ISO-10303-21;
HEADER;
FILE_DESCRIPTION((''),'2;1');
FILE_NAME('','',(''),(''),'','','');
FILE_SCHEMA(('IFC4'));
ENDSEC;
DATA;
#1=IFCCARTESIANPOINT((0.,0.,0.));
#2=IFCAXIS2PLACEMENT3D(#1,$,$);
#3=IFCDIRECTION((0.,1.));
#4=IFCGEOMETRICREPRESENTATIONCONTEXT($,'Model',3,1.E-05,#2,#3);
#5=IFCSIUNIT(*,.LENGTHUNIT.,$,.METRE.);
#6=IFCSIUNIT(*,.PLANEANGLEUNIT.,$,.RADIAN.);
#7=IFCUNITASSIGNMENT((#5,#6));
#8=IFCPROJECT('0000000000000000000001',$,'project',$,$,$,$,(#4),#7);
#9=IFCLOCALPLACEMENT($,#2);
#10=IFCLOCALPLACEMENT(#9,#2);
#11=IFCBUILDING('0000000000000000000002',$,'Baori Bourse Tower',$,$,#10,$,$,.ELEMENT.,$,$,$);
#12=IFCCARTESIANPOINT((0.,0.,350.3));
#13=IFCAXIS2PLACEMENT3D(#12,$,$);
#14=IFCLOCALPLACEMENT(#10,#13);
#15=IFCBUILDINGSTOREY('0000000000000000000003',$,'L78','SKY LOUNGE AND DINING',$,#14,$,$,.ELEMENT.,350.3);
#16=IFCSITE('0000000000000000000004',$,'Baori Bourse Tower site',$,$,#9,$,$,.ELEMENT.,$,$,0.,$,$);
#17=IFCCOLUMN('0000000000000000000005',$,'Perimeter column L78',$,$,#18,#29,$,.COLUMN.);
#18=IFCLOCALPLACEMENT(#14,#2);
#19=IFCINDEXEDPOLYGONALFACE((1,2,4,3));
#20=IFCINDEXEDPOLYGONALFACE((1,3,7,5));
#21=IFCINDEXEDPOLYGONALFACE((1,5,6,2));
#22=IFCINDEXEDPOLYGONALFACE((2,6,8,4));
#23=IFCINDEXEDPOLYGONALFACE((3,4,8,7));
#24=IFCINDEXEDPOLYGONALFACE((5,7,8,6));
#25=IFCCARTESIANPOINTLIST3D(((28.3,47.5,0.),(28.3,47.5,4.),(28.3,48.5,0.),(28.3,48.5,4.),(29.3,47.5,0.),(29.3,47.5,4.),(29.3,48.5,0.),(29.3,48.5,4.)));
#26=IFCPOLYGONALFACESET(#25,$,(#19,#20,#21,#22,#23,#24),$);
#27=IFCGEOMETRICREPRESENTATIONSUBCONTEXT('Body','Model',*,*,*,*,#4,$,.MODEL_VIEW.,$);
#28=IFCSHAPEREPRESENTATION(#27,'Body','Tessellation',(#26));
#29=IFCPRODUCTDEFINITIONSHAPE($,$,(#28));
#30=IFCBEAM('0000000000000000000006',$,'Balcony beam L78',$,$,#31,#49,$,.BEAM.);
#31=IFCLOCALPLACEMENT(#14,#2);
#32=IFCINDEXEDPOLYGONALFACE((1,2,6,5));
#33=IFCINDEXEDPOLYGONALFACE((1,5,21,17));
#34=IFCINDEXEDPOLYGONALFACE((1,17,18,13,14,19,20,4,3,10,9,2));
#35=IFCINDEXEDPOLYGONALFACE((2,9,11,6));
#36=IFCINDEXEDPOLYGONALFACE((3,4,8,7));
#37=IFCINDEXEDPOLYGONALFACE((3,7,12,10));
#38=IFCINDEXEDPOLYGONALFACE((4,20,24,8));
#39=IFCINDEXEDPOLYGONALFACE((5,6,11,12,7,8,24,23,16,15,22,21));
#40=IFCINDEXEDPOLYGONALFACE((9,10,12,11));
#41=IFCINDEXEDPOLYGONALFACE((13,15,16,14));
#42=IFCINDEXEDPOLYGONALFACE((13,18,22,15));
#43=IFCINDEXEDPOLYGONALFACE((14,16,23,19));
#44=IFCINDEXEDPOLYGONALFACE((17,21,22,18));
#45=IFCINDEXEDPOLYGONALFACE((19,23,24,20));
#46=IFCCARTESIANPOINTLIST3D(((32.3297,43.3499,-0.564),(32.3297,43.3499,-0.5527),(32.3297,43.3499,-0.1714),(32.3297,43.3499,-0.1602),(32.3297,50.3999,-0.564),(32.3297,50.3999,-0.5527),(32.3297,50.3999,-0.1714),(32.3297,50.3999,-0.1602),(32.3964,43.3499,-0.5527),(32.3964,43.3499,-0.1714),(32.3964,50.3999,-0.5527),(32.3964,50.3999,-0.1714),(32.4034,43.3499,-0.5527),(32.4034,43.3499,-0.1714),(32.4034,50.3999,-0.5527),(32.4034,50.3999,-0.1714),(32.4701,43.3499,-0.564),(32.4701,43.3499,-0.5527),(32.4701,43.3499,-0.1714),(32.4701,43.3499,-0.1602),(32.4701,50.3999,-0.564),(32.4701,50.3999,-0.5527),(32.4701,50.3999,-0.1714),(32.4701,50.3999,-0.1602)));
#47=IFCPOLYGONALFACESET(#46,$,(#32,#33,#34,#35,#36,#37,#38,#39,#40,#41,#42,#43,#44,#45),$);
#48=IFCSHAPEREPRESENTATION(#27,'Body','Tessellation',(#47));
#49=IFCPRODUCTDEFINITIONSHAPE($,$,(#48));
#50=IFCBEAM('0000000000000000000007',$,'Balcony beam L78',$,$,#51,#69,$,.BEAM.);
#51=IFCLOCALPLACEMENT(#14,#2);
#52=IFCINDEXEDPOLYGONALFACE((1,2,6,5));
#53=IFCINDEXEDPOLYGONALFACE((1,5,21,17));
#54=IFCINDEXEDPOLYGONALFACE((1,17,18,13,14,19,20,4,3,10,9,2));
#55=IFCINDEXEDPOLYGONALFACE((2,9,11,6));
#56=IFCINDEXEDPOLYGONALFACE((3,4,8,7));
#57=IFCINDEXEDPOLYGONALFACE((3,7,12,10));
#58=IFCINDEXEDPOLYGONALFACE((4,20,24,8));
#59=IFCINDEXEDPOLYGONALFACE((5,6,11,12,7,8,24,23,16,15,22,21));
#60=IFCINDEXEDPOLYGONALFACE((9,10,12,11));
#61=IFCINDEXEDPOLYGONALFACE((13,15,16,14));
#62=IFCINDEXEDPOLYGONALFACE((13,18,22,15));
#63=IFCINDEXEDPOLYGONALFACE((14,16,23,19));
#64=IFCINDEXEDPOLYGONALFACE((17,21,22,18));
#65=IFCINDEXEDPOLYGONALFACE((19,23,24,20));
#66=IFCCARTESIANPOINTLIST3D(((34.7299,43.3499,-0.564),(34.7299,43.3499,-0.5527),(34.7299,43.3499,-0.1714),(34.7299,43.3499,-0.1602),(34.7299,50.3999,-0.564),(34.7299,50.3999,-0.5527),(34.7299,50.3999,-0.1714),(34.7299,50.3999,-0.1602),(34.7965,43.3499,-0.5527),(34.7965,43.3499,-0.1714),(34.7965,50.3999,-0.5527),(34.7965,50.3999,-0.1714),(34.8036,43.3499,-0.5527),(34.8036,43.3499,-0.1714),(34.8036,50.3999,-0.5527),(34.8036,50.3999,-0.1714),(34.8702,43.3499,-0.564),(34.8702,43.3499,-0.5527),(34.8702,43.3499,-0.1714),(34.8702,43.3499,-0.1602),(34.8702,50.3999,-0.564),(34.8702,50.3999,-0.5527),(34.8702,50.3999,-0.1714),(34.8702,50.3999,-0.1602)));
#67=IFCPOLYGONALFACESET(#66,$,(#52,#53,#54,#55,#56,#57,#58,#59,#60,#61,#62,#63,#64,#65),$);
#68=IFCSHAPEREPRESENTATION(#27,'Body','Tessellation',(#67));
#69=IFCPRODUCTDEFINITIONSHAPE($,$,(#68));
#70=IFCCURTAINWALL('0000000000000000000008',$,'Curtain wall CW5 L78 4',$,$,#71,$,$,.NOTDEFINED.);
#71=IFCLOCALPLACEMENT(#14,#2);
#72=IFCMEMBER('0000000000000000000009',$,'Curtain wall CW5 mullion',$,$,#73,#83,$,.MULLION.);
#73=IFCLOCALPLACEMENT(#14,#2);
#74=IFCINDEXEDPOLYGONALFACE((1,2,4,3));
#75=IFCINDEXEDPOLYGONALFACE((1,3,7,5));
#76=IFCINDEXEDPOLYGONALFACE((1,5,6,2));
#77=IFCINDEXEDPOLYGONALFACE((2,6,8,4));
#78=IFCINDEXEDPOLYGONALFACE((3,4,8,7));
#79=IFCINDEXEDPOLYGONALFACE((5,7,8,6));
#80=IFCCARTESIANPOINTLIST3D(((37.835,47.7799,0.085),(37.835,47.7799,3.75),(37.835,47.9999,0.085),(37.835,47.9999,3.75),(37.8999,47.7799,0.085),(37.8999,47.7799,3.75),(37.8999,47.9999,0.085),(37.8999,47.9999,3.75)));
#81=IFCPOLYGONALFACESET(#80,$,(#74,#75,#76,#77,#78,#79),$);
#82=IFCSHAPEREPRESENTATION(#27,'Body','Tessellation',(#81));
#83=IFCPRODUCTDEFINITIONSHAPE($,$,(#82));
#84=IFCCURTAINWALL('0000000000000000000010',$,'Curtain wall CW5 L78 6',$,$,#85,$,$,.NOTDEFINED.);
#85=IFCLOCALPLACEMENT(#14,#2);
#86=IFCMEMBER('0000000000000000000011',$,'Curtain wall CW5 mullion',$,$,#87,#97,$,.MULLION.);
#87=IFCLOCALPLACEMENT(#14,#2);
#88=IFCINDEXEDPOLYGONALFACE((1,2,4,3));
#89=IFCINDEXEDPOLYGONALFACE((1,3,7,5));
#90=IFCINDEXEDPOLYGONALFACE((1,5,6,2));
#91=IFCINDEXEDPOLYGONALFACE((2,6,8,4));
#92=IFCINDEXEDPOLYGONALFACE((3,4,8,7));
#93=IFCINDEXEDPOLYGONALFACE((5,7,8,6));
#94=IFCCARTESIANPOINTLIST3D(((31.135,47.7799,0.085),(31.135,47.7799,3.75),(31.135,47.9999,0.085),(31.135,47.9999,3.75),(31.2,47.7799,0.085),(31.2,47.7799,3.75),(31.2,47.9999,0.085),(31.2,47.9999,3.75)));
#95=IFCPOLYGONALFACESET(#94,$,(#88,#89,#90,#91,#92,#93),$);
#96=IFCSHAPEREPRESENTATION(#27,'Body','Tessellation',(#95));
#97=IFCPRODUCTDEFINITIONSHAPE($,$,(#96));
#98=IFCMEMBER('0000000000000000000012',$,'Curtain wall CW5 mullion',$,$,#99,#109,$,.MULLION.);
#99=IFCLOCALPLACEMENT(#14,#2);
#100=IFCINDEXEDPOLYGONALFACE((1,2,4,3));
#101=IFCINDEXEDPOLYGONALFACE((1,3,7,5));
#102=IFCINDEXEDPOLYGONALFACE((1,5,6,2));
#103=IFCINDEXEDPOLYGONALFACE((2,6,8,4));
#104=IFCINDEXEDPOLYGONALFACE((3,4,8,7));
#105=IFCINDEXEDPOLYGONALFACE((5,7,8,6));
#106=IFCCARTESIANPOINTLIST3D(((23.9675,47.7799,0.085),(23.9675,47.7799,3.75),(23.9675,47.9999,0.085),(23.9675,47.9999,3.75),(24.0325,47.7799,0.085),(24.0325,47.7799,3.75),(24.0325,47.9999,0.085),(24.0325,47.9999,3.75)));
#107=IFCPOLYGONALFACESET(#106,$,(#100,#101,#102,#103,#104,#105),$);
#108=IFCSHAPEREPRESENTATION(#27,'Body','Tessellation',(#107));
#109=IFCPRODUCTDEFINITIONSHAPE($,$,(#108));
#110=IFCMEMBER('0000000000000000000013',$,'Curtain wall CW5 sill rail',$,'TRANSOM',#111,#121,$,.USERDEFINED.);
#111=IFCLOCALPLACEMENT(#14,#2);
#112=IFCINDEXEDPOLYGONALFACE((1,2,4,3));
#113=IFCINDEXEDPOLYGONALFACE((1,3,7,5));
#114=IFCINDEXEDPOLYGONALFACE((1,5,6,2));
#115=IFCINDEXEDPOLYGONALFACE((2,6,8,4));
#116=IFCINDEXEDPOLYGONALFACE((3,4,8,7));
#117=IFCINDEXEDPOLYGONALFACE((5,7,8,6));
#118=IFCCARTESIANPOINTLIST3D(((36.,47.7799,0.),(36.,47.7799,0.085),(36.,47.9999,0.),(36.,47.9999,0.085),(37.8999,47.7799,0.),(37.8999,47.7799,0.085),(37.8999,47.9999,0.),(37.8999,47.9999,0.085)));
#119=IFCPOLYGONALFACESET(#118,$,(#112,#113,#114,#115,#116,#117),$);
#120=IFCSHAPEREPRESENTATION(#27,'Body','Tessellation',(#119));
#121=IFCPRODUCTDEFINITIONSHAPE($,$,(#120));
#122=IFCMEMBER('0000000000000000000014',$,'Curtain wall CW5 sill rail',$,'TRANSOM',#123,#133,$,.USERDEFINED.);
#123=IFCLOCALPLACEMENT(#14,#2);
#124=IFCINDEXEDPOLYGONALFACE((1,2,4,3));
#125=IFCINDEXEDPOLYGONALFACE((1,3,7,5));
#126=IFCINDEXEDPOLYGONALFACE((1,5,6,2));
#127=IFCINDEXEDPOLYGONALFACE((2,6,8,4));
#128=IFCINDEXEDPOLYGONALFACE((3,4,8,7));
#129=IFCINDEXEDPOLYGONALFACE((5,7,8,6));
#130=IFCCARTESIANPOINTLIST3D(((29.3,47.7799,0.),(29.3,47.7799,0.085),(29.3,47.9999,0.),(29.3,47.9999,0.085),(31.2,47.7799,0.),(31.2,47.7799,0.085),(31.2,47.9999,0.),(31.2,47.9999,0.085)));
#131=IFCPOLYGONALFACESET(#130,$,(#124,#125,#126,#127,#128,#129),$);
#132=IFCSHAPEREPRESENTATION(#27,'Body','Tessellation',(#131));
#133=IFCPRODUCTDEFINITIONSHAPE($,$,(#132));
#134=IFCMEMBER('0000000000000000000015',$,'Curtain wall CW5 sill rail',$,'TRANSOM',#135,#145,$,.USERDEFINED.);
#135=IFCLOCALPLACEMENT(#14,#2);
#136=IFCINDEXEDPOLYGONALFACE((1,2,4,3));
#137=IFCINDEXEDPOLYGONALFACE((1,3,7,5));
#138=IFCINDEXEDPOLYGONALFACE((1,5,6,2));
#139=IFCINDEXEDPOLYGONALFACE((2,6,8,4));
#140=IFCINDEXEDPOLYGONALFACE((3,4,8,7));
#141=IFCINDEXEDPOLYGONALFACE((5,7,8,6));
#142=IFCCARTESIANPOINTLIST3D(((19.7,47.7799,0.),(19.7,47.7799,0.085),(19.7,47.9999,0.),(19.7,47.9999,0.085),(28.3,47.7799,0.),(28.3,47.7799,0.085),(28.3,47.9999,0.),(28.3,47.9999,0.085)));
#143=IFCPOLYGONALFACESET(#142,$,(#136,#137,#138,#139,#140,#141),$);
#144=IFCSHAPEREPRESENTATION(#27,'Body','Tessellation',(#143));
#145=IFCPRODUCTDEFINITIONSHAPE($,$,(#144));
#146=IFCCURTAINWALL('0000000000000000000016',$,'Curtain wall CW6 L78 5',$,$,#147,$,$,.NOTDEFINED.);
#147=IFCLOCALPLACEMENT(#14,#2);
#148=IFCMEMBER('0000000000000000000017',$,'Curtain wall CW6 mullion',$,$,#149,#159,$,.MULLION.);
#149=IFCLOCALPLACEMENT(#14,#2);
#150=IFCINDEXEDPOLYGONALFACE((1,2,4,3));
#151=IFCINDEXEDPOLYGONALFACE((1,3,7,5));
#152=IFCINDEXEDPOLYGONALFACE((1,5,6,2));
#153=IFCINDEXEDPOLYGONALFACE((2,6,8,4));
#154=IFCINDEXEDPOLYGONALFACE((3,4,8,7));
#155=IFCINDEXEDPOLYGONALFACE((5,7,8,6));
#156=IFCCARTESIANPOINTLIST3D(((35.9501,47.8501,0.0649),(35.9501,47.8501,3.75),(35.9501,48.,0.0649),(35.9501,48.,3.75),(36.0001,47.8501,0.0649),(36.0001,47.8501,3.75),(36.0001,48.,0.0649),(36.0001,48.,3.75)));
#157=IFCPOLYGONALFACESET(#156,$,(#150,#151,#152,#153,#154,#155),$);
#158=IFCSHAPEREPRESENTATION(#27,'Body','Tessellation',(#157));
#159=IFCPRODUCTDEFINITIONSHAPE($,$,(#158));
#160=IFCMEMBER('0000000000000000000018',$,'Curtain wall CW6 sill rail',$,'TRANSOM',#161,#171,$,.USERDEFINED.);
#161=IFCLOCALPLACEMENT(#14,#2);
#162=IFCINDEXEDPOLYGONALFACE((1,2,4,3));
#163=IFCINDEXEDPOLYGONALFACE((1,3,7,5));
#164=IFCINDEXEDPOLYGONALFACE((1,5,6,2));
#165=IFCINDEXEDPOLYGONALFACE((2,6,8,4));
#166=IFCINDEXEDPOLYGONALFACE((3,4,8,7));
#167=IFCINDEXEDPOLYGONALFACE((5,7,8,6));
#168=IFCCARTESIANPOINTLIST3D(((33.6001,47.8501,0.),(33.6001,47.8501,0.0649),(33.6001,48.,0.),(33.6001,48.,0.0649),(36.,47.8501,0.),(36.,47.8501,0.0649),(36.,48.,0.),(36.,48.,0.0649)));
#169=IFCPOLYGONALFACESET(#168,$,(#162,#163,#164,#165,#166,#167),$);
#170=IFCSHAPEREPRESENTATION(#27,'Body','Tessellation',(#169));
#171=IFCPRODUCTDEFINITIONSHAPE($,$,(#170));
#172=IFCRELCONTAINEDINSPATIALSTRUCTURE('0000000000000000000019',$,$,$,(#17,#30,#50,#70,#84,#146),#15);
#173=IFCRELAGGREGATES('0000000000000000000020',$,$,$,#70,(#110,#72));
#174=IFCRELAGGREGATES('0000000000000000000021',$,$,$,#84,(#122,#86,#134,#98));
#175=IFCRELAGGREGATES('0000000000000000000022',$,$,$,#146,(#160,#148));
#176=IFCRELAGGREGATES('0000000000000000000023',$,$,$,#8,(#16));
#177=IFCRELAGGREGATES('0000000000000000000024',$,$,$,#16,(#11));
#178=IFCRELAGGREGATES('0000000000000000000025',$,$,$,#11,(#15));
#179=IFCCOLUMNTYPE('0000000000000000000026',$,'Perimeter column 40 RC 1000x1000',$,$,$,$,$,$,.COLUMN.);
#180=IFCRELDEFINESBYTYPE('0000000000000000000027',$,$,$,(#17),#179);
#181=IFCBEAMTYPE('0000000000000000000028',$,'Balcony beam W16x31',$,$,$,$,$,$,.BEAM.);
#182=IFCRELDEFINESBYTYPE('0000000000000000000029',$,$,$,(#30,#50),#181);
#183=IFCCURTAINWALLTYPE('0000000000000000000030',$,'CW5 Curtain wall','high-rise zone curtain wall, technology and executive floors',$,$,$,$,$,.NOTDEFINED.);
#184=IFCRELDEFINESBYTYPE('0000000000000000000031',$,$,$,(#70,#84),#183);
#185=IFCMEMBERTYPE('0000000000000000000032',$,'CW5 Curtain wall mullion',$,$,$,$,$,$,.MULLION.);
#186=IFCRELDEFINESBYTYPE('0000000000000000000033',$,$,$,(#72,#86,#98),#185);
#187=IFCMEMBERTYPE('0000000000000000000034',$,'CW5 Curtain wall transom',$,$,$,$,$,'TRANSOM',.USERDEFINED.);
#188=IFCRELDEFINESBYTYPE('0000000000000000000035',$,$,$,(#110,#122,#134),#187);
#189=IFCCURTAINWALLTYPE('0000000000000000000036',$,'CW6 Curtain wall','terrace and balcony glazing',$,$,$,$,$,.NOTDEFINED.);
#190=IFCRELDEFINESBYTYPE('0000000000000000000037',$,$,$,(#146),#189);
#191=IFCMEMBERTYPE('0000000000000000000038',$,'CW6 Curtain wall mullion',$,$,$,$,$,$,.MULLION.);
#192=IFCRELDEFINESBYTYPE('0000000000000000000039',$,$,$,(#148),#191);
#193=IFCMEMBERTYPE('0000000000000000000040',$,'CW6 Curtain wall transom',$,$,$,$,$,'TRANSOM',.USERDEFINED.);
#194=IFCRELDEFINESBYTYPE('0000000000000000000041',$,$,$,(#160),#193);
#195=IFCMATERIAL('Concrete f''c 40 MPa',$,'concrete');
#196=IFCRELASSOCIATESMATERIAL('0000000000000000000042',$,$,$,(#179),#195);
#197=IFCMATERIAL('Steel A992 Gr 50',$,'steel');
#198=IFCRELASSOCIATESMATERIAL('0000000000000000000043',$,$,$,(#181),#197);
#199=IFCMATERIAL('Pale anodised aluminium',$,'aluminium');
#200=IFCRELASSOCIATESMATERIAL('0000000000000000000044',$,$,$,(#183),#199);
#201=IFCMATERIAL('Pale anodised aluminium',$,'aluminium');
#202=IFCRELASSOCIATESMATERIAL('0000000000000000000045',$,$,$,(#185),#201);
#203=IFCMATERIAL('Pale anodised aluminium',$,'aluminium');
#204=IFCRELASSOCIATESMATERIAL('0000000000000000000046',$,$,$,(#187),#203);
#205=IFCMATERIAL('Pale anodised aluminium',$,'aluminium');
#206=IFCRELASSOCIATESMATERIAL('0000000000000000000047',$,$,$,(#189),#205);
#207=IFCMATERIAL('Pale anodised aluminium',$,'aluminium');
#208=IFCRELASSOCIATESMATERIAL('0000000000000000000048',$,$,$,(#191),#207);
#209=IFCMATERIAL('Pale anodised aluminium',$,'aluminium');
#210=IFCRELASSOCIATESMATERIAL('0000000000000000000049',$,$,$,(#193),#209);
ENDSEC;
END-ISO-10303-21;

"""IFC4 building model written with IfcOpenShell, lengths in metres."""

from ifc_helpers import new_model, si_unit, direction, frame, origin, origin_2d, place, context, subcontext, project, spatial, rectangle, i_section, extrude, material, material_profile, profile_set, type_object, element, aggregate, save


model = new_model("IFC4")

# Units and contexts
model_context = context("Model", 3, precision=1e-05, world=origin(), true_north=direction((0.0, 1.0)))
body_context = subcontext(model_context, "Body", "Model", "MODEL_VIEW")
ifc_project = project(units=[si_unit("LENGTHUNIT", "METRE"), si_unit("PLANEANGLEUNIT", "RADIAN")], contexts=[model_context])

# Site, building, storey
site_placement = place(None, origin())
site = spatial("IfcSite", under=ifc_project, at=site_placement, Name="Baori Bourse Tower site", CompositionType="ELEMENT", RefElevation=0.0)
building_placement = place(site_placement, origin())
building = spatial("IfcBuilding", under=site, at=building_placement, Name="Baori Bourse Tower", CompositionType="ELEMENT")
storey_placement = place(building_placement, frame((0.0, 0.0, 350.3)))
storey = spatial("IfcBuildingStorey", under=building, at=storey_placement, Name="L78", Description="SKY LOUNGE AND DINING", CompositionType="ELEMENT", Elevation=350.3)

# Column
ifc_material_1 = material(Name="Concrete f'c 40 MPa", Category="concrete")
ifc_material_profile_1 = material_profile(ifc_material_1, rectangle(XDim=1.0, YDim=1.0, at=origin_2d()), Name="RC 1000x1000")
ifc_profile_set_1 = profile_set([ifc_material_profile_1], Name="Concrete f'c 40 MPa")
column_type = type_object("IfcColumnType", Name="Perimeter column 40 RC 1000x1000", PredefinedType="COLUMN", material=ifc_profile_set_1)
column_placement = place(storey_placement, frame((28.8, 48.0, 0.0), z_axis=(0.0, 0.0, 1.0), x_axis=(1.0, 0.0, 0.0)))
element("IfcColumn", 1, at=column_placement, inside=storey, type_object=column_type, Name="Perimeter column L78", PredefinedType="COLUMN", context=body_context, shape_type="SweptSolid", body=[
    extrude(rectangle(XDim=1.0, YDim=1.0, at=origin_2d()), origin(), (0.0, 0.0, 1.0), 4.0),
])

# Beams
ifc_material_2 = material(Name="Steel A992 Gr 50", Category="steel")
ifc_material_profile_2 = material_profile(ifc_material_2, i_section(OverallWidth=0.1404, OverallDepth=0.4038, WebThickness=0.0071, FlangeThickness=0.0112, at=origin_2d()), Name="W16x31")
ifc_profile_set_2 = profile_set([ifc_material_profile_2], Name="Steel A992 Gr 50")
beam_type_1 = type_object("IfcBeamType", Name="Balcony beam W16x31", PredefinedType="BEAM", material=ifc_profile_set_2)
for number, where, z_axis, x_axis, name in (
    (2, (32.3999, 50.3999, -0.3621), (0.0, -1.0, 0.0), (1.0, 0.0, 0.0), "Balcony beam L78"),
    (3, (34.8, 50.3999, -0.3621), (0.0, -1.0, 0.0), (1.0, 0.0, 0.0), "Balcony beam L78"),
):
    element("IfcBeam", number, at=place(storey_placement, frame(where, z_axis=z_axis, x_axis=x_axis)), inside=storey, type_object=beam_type_1, Name=name, PredefinedType="BEAM", context=body_context, shape_type="SweptSolid", body=[
        extrude(i_section(OverallWidth=0.1404, OverallDepth=0.4038, WebThickness=0.0071, FlangeThickness=0.0112, at=origin_2d()), origin(), (0.0, 0.0, 1.0), 7.05),
    ])

# Curtain wall, member
ifc_material_3 = material(Name="Pale anodised aluminium", Category="aluminium")
curtain_wall_type_1 = type_object("IfcCurtainWallType", Name="CW5 Curtain wall", Description="high-rise zone curtain wall, technology and executive floors", PredefinedType="NOTDEFINED", material=ifc_material_3)
curtain_wall_1_placement = place(storey_placement, origin())
curtain_wall_1 = element("IfcCurtainWall", 4, at=curtain_wall_1_placement, inside=storey, type_object=curtain_wall_type_1, Name="Curtain wall CW5 L78 4", PredefinedType="NOTDEFINED")
ifc_material_4 = material(Name="Pale anodised aluminium", Category="aluminium")
ifc_material_profile_3 = material_profile(ifc_material_4, rectangle(XDim=0.22, YDim=0.0649, at=origin_2d()), Name="Mullion 65x220")
ifc_profile_set_3 = profile_set([ifc_material_profile_3], Name="Pale anodised aluminium")
member_type_1 = type_object("IfcMemberType", Name="CW5 Curtain wall mullion", PredefinedType="MULLION", material=ifc_profile_set_3)
member_1_placement = place(storey_placement, frame((37.8674, 47.8899, 0.085), z_axis=(0.0, 0.0, 1.0), x_axis=(0.0, -1.0, 0.0)))
member_1 = element("IfcMember", 5, at=member_1_placement, type_object=member_type_1, Name="Curtain wall CW5 mullion", PredefinedType="MULLION", context=body_context, shape_type="SweptSolid", body=[
    extrude(rectangle(XDim=0.22, YDim=0.0649, at=origin_2d()), origin(), (0.0, 0.0, 1.0), 3.665),
])

# Curtain wall, members
curtain_wall_2_placement = place(storey_placement, origin())
curtain_wall_2 = element("IfcCurtainWall", 6, at=curtain_wall_2_placement, inside=storey, type_object=curtain_wall_type_1, Name="Curtain wall CW5 L78 6", PredefinedType="NOTDEFINED")
member_2_placement = place(storey_placement, frame((31.1675, 47.8899, 0.085), z_axis=(0.0, 0.0, 1.0), x_axis=(0.0, -1.0, 0.0)))
member_2 = element("IfcMember", 7, at=member_2_placement, type_object=member_type_1, Name="Curtain wall CW5 mullion", PredefinedType="MULLION", context=body_context, shape_type="SweptSolid", body=[
    extrude(rectangle(XDim=0.22, YDim=0.0649, at=origin_2d()), origin(), (0.0, 0.0, 1.0), 3.665),
])
member_3_placement = place(storey_placement, frame((24.0, 47.8899, 0.085), z_axis=(0.0, 0.0, 1.0), x_axis=(0.0, -1.0, 0.0)))
member_3 = element("IfcMember", 8, at=member_3_placement, type_object=member_type_1, Name="Curtain wall CW5 mullion", PredefinedType="MULLION", context=body_context, shape_type="SweptSolid", body=[
    extrude(rectangle(XDim=0.22, YDim=0.0649, at=origin_2d()), origin(), (0.0, 0.0, 1.0), 3.665),
])

# Members
ifc_material_5 = material(Name="Pale anodised aluminium", Category="aluminium")
ifc_material_profile_4 = material_profile(ifc_material_5, rectangle(XDim=0.22, YDim=0.085, at=origin_2d()), Name="Transom 85x220")
ifc_profile_set_4 = profile_set([ifc_material_profile_4], Name="Pale anodised aluminium")
member_type_2 = type_object("IfcMemberType", Name="CW5 Curtain wall transom", ElementType="TRANSOM", PredefinedType="USERDEFINED", material=ifc_profile_set_4)
member_4_placement = place(storey_placement, frame((37.8999, 47.8899, 0.0425), z_axis=(-1.0, 0.0, 0.0), x_axis=(0.0, -1.0, 0.0)))
member_4 = element("IfcMember", 9, at=member_4_placement, type_object=member_type_2, Name="Curtain wall CW5 sill rail", ObjectType="TRANSOM", PredefinedType="USERDEFINED", context=body_context, shape_type="SweptSolid", body=[
    extrude(rectangle(XDim=0.22, YDim=0.085, at=origin_2d()), origin(), (0.0, 0.0, 1.0), 1.8999),
])
member_5_placement = place(storey_placement, frame((31.2, 47.8899, 0.0425), z_axis=(-1.0, 0.0, 0.0), x_axis=(0.0, -1.0, 0.0)))
member_5 = element("IfcMember", 10, at=member_5_placement, type_object=member_type_2, Name="Curtain wall CW5 sill rail", ObjectType="TRANSOM", PredefinedType="USERDEFINED", context=body_context, shape_type="SweptSolid", body=[
    extrude(rectangle(XDim=0.22, YDim=0.085, at=origin_2d()), origin(), (0.0, 0.0, 1.0), 1.8999),
])
member_6_placement = place(storey_placement, frame((28.3, 47.8899, 0.0425), z_axis=(-1.0, 0.0, 0.0), x_axis=(0.0, -1.0, 0.0)))
member_6 = element("IfcMember", 11, at=member_6_placement, type_object=member_type_2, Name="Curtain wall CW5 sill rail", ObjectType="TRANSOM", PredefinedType="USERDEFINED", context=body_context, shape_type="SweptSolid", body=[
    extrude(rectangle(XDim=0.22, YDim=0.085, at=origin_2d()), origin(), (0.0, 0.0, 1.0), 8.6001),
])

# Curtain wall, members
ifc_material_6 = material(Name="Pale anodised aluminium", Category="aluminium")
curtain_wall_type_2 = type_object("IfcCurtainWallType", Name="CW6 Curtain wall", Description="terrace and balcony glazing", PredefinedType="NOTDEFINED", material=ifc_material_6)
curtain_wall_3_placement = place(storey_placement, origin())
curtain_wall_3 = element("IfcCurtainWall", 12, at=curtain_wall_3_placement, inside=storey, type_object=curtain_wall_type_2, Name="Curtain wall CW6 L78 5", PredefinedType="NOTDEFINED")
ifc_material_7 = material(Name="Pale anodised aluminium", Category="aluminium")
ifc_material_profile_5 = material_profile(ifc_material_7, rectangle(XDim=0.1499, YDim=0.05, at=origin_2d()), Name="Mullion 50x150")
ifc_profile_set_5 = profile_set([ifc_material_profile_5], Name="Pale anodised aluminium")
member_type_3 = type_object("IfcMemberType", Name="CW6 Curtain wall mullion", PredefinedType="MULLION", material=ifc_profile_set_5)
member_7_placement = place(storey_placement, frame((35.9751, 47.925, 0.0649), z_axis=(0.0, 0.0, 1.0), x_axis=(0.0, -1.0, 0.0)))
member_7 = element("IfcMember", 13, at=member_7_placement, type_object=member_type_3, Name="Curtain wall CW6 mullion", PredefinedType="MULLION", context=body_context, shape_type="SweptSolid", body=[
    extrude(rectangle(XDim=0.1499, YDim=0.05, at=origin_2d()), origin(), (0.0, 0.0, 1.0), 3.6851),
])
ifc_material_8 = material(Name="Pale anodised aluminium", Category="aluminium")
ifc_material_profile_6 = material_profile(ifc_material_8, rectangle(XDim=0.1499, YDim=0.0649, at=origin_2d()), Name="Transom 65x150")
ifc_profile_set_6 = profile_set([ifc_material_profile_6], Name="Pale anodised aluminium")
member_type_4 = type_object("IfcMemberType", Name="CW6 Curtain wall transom", ElementType="TRANSOM", PredefinedType="USERDEFINED", material=ifc_profile_set_6)
member_8_placement = place(storey_placement, frame((36.0, 47.925, 0.0325), z_axis=(-1.0, 0.0, 0.0), x_axis=(0.0, -1.0, 0.0)))
member_8 = element("IfcMember", 14, at=member_8_placement, type_object=member_type_4, Name="Curtain wall CW6 sill rail", ObjectType="TRANSOM", PredefinedType="USERDEFINED", context=body_context, shape_type="SweptSolid", body=[
    extrude(rectangle(XDim=0.1499, YDim=0.0649, at=origin_2d()), origin(), (0.0, 0.0, 1.0), 2.3999),
])

aggregate(curtain_wall_1, [member_4, member_1])
aggregate(curtain_wall_2, [member_5, member_2, member_6, member_3])
aggregate(curtain_wall_3, [member_8, member_7])

save(model, "model.ifc")
